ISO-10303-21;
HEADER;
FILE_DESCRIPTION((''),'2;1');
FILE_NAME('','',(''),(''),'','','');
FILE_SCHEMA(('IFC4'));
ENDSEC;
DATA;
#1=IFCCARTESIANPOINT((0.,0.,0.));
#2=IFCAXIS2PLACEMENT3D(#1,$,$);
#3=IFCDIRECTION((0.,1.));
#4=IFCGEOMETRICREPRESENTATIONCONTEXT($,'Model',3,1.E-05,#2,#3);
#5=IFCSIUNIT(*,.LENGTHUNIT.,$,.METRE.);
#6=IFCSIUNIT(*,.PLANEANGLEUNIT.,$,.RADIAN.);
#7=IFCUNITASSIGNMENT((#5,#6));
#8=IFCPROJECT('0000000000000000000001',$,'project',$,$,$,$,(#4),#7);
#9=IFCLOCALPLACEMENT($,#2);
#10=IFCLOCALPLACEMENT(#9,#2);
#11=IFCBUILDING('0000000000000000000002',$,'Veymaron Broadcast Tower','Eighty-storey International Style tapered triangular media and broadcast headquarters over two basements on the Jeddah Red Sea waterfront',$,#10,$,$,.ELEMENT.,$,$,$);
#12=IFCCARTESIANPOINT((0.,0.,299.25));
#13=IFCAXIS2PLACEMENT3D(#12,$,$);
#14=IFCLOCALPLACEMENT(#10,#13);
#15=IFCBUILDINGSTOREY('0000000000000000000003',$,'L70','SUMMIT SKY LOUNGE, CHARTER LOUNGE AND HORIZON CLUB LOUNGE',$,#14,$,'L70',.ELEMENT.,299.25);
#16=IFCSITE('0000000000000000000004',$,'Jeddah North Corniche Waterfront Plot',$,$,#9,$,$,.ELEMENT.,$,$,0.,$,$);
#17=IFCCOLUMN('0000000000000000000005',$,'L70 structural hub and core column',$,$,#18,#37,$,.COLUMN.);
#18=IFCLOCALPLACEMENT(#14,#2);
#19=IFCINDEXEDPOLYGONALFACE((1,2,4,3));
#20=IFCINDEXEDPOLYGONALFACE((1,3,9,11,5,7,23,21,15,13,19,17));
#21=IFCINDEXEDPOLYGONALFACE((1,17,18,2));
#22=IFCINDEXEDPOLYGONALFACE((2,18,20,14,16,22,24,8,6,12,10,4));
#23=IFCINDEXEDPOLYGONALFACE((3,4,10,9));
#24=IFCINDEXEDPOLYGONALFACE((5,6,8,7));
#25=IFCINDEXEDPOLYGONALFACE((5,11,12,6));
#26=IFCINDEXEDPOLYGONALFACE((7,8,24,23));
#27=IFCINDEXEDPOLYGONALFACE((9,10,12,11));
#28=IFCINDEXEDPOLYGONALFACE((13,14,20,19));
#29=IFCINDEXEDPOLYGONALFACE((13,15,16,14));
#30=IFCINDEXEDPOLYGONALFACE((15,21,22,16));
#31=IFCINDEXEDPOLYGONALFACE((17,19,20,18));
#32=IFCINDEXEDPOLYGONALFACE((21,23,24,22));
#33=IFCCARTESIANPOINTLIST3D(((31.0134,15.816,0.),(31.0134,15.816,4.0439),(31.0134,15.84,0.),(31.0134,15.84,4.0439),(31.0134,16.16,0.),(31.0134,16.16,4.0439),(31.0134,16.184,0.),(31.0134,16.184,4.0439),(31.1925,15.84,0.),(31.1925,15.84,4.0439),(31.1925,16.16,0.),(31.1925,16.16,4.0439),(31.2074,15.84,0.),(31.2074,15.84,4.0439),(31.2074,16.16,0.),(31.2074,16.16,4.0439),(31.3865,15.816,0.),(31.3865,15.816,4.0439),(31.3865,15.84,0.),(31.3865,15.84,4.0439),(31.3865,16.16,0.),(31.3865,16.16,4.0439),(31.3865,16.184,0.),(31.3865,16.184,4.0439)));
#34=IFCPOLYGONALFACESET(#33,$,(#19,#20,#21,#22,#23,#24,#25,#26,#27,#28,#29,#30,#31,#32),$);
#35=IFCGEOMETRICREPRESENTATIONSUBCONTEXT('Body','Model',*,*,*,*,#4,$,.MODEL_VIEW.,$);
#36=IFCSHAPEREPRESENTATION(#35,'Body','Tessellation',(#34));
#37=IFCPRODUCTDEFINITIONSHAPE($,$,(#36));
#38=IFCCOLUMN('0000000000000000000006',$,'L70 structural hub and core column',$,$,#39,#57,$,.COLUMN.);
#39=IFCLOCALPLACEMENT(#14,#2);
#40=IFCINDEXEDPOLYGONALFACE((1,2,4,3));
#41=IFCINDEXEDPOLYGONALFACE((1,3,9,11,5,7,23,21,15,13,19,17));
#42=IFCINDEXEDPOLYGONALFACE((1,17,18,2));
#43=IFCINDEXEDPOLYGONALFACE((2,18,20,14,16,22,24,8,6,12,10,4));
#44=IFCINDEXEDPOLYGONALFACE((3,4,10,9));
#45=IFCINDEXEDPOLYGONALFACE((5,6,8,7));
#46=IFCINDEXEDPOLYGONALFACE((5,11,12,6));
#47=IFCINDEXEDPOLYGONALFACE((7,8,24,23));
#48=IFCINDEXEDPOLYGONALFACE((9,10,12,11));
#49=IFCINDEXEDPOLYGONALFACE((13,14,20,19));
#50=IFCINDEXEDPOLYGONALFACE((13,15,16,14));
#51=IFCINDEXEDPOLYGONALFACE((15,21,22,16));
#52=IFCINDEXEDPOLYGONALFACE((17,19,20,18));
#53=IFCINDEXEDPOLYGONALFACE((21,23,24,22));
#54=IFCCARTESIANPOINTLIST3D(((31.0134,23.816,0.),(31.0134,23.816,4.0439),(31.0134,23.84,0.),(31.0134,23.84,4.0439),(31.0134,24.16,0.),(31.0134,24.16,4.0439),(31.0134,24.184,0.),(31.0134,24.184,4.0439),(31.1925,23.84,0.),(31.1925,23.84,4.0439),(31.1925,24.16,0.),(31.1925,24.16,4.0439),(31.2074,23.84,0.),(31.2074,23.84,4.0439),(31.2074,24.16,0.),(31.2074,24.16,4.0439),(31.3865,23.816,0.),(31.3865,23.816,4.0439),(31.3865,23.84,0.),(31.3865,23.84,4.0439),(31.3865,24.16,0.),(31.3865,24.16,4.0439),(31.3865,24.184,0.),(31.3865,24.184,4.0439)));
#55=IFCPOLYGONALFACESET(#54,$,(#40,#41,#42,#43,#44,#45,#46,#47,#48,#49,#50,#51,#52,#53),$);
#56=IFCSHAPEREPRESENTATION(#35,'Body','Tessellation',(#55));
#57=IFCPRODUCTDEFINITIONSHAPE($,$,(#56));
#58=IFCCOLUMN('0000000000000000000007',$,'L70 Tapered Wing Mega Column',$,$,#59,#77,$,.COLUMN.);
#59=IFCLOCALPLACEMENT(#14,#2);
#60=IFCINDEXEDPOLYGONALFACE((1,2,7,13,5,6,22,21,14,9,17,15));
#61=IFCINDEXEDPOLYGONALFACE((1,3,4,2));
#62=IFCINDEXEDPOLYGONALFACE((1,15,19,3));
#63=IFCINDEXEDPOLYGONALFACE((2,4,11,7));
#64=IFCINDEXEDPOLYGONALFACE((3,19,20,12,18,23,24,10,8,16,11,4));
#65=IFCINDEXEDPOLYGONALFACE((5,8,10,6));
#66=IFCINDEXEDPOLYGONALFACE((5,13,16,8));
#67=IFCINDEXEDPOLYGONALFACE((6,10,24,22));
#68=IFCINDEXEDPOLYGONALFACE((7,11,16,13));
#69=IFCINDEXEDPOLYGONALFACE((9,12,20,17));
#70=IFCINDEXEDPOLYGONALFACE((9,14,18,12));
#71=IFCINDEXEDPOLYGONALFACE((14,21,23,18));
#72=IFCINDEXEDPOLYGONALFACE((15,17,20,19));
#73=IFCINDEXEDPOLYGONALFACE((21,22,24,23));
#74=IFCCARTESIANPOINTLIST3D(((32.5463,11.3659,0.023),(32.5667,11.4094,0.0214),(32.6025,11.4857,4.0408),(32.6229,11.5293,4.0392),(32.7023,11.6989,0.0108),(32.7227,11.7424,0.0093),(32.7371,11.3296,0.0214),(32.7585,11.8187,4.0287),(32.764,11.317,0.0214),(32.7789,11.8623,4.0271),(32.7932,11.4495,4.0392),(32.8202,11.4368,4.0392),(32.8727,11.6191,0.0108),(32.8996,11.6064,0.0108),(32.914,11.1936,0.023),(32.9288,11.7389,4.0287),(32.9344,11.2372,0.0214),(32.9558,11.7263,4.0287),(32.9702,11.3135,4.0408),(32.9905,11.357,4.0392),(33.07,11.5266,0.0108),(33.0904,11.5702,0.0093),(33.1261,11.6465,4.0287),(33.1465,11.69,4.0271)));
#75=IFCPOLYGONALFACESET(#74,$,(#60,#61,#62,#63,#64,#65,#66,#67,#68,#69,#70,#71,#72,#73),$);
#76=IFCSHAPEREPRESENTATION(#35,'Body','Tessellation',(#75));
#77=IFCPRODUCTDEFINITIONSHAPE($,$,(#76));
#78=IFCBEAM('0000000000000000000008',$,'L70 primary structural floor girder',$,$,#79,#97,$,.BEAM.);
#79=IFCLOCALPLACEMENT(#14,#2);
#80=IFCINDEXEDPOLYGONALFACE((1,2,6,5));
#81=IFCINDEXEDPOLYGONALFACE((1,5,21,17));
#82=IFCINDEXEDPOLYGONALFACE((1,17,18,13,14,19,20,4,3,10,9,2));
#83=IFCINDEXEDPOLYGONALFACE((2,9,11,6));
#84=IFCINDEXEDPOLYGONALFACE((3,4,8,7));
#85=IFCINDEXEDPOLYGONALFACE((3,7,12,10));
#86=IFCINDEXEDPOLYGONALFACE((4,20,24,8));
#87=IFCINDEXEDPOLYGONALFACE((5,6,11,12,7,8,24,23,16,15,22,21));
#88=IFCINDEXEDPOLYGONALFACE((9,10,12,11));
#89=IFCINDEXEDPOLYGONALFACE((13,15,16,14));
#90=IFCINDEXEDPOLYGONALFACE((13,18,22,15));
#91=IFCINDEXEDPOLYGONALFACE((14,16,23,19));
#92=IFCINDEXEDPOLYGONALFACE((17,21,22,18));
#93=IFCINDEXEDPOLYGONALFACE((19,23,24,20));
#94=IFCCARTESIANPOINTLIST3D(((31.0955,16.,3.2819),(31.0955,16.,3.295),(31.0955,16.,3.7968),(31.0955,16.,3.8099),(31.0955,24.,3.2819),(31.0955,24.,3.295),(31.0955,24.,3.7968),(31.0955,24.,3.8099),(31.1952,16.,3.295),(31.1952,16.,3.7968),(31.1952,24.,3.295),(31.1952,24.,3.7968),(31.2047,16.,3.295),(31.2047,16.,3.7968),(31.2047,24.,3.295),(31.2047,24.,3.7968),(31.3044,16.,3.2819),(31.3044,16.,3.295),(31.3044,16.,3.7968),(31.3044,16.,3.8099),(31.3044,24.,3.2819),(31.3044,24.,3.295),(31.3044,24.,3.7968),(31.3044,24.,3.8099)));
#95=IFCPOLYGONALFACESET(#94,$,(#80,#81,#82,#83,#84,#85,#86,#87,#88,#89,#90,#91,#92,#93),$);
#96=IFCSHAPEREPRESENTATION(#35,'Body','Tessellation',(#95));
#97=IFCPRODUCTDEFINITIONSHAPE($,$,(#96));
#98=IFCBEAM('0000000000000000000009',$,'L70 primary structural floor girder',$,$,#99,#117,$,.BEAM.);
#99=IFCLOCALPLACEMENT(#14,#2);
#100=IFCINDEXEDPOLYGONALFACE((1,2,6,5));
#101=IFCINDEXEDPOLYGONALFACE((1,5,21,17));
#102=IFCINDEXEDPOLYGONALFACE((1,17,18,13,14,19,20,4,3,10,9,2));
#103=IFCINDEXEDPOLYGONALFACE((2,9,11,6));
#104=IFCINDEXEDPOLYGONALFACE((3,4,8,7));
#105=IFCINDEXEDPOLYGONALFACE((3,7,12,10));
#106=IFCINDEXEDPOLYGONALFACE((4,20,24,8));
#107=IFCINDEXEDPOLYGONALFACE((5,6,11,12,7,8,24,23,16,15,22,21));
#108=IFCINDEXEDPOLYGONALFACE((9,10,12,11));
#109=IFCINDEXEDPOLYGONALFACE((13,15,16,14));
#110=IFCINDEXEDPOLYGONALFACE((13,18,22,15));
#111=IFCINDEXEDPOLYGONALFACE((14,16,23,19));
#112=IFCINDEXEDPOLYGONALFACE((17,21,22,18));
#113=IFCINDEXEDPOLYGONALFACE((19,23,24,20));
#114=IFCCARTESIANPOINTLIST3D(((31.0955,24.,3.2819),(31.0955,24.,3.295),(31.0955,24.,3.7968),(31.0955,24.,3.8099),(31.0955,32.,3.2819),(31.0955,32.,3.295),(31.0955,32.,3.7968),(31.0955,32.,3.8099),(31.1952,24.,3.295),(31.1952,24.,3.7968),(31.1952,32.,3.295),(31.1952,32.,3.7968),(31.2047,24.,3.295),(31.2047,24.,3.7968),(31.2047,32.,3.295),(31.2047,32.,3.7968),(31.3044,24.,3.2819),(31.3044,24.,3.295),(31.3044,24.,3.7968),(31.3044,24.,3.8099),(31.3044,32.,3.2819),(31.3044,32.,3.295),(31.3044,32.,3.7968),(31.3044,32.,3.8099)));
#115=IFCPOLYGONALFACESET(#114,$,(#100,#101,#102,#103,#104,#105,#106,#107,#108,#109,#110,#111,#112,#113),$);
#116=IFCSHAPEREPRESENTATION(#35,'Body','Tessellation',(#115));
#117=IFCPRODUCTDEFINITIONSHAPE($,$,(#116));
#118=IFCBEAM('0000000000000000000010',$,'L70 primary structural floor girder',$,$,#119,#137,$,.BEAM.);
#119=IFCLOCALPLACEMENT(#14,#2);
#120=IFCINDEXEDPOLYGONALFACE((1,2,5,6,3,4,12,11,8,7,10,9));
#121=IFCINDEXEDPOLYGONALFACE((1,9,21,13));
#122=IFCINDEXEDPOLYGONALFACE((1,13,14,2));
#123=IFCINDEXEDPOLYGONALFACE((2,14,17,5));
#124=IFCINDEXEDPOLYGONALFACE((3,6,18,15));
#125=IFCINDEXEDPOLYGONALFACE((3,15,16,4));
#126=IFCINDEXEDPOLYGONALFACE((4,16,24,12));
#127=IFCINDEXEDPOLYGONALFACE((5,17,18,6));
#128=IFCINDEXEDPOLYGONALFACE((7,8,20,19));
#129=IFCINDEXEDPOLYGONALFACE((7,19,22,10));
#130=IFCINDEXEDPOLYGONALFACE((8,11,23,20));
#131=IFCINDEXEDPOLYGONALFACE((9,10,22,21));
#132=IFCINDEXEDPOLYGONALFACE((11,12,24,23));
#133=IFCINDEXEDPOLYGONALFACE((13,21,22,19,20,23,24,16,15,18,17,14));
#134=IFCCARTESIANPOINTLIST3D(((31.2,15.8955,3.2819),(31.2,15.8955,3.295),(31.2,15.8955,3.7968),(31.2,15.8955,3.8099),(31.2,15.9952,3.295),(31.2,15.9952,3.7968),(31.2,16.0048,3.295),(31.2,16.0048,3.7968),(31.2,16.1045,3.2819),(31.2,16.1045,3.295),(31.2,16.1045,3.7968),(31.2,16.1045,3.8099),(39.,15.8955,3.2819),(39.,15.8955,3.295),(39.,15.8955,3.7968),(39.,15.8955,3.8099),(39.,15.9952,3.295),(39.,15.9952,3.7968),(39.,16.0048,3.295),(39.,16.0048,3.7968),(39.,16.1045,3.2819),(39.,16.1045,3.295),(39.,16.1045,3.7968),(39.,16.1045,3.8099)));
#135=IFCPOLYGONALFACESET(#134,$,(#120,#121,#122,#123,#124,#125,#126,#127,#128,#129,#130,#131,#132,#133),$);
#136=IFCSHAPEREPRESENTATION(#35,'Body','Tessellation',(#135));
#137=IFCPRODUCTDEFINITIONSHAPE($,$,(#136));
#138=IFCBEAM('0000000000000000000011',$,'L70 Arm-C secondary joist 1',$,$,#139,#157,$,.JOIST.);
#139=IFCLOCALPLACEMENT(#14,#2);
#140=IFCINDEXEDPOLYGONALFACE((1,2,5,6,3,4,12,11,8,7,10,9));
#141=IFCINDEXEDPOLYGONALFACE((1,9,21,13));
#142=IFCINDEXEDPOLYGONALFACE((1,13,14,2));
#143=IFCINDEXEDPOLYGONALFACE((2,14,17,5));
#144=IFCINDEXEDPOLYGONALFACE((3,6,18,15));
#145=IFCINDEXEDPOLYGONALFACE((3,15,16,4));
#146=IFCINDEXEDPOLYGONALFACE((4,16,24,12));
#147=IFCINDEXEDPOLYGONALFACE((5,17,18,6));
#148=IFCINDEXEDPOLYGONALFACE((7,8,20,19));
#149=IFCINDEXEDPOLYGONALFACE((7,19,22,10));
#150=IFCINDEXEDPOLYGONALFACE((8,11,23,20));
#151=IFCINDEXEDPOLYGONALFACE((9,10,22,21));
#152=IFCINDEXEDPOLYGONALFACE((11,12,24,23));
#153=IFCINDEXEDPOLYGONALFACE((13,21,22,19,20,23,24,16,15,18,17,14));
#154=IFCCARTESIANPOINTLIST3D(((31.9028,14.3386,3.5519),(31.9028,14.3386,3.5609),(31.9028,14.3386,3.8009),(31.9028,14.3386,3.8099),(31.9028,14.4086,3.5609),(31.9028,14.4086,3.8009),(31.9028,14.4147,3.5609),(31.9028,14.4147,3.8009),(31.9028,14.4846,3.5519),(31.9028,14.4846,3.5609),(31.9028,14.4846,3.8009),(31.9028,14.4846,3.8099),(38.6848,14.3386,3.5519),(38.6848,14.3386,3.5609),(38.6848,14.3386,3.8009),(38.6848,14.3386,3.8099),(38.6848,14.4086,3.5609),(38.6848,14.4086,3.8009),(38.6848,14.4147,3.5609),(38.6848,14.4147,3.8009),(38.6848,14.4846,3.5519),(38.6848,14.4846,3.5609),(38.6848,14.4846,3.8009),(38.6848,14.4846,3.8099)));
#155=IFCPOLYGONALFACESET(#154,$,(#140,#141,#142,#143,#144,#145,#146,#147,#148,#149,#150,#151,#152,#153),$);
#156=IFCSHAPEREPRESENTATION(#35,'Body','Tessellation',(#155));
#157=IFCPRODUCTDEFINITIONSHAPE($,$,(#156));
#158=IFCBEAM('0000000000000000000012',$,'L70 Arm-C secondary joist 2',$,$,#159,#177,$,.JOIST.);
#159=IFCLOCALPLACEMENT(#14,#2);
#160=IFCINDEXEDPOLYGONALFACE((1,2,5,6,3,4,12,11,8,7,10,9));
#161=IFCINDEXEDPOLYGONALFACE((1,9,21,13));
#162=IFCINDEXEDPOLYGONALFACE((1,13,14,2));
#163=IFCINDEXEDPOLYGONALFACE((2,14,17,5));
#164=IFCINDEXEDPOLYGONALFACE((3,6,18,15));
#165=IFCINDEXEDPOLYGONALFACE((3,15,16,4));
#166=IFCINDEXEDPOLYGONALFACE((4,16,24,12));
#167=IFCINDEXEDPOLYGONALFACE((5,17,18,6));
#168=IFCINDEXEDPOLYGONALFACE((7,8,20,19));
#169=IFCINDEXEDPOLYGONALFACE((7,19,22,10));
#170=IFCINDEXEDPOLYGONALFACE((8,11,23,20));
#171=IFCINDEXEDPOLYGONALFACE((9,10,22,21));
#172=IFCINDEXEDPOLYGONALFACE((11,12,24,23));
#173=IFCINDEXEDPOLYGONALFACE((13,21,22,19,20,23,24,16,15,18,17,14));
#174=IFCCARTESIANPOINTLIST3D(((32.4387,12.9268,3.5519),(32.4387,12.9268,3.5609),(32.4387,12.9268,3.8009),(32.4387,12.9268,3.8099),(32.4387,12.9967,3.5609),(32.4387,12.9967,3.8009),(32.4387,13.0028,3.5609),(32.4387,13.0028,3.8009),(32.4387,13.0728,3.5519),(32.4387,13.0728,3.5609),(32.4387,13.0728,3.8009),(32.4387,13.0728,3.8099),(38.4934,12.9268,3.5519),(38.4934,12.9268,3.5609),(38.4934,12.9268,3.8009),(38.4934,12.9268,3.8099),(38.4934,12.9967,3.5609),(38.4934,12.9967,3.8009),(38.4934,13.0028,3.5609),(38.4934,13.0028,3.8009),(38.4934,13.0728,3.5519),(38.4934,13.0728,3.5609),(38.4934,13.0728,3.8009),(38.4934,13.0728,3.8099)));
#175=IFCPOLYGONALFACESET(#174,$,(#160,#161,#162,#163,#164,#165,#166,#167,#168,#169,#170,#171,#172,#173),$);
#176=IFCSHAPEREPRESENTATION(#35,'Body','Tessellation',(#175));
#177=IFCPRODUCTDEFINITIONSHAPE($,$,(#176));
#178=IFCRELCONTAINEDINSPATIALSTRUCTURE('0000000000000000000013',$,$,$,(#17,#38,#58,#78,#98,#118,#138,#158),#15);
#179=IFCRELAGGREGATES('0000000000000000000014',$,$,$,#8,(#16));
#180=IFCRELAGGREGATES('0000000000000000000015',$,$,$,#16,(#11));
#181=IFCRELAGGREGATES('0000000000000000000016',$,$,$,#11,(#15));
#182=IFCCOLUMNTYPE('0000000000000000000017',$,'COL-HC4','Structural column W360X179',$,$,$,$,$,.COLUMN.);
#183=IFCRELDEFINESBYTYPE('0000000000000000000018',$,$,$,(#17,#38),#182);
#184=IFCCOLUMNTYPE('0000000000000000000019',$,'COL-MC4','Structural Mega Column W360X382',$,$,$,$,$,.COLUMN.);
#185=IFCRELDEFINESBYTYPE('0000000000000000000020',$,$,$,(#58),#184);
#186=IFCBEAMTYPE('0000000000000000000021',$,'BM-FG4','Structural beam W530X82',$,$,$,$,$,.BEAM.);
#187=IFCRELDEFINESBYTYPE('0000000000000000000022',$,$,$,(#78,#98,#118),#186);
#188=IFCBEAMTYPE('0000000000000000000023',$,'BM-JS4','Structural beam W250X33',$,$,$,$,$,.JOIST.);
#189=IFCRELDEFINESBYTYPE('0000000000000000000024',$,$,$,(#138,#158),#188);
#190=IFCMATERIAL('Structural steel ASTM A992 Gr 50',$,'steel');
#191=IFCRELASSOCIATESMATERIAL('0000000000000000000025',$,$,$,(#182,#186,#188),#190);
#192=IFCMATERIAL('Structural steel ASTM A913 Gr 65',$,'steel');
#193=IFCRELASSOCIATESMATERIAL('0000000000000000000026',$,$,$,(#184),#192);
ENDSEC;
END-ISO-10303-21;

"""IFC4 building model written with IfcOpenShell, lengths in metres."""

from ifc_helpers import new_model, si_unit, direction, frame, origin, origin_2d, place, context, subcontext, project, spatial, i_section, extrude, material, material_profile, profile_set, type_object, element, save


model = new_model("IFC4")

# Units and contexts
model_context = context("Model", 3, precision=1e-05, world=origin(), true_north=direction((0.0, 1.0)))
body_context = subcontext(model_context, "Body", "Model", "MODEL_VIEW")
ifc_project = project(units=[si_unit("LENGTHUNIT", "METRE"), si_unit("PLANEANGLEUNIT", "RADIAN")], contexts=[model_context])

# Site, building, storey
site_placement = place(None, origin())
site = spatial("IfcSite", under=ifc_project, at=site_placement, Name="Jeddah North Corniche Waterfront Plot", CompositionType="ELEMENT", RefElevation=0.0)
building_placement = place(site_placement, origin())
building = spatial("IfcBuilding", under=site, at=building_placement, Name="Veymaron Broadcast Tower", Description="Eighty-storey International Style tapered triangular media and broadcast headquarters over two basements on the Jeddah Red Sea waterfront", CompositionType="ELEMENT")
storey_placement = place(building_placement, frame((0.0, 0.0, 299.25)))
storey = spatial("IfcBuildingStorey", under=building, at=storey_placement, Name="L70", Description="SUMMIT SKY LOUNGE, CHARTER LOUNGE AND HORIZON CLUB LOUNGE", LongName="L70", CompositionType="ELEMENT", Elevation=299.25)

# Columns
ifc_material_1 = material(Name="Structural steel ASTM A992 Gr 50", Category="steel")
ifc_material_profile_1 = material_profile(ifc_material_1, i_section(OverallWidth=0.373, OverallDepth=0.3679, WebThickness=0.0149, FlangeThickness=0.0239, at=origin_2d()), Name="W360X179")
ifc_profile_set_1 = profile_set([ifc_material_profile_1], Name="Structural steel ASTM A992 Gr 50")
column_type_1 = type_object("IfcColumnType", Name="COL-HC4", Description="Structural column W360X179", PredefinedType="COLUMN", material=ifc_profile_set_1)
for number, where, z_axis, x_axis, name in (
    (1, (31.2, 16.0, 0.0), (0.0, 0.0, 1.0), (1.0, 0.0, 0.0), "L70 structural hub and core column"),
    (2, (31.2, 24.0, 0.0), (0.0, 0.0, 1.0), (1.0, 0.0, 0.0), "L70 structural hub and core column"),
):
    element("IfcColumn", number, at=place(storey_placement, frame(where, z_axis=z_axis, x_axis=x_axis)), inside=storey, type_object=column_type_1, Name=name, PredefinedType="COLUMN", context=body_context, shape_type="SweptSolid", body=[
        extrude(i_section(OverallWidth=0.373, OverallDepth=0.3679, WebThickness=0.0149, FlangeThickness=0.0239, at=origin_2d()), origin(), (0.0, 0.0, 1.0), 4.0439),
    ])
ifc_material_2 = material(Name="Structural steel ASTM A913 Gr 65", Category="steel")
ifc_material_profile_2 = material_profile(ifc_material_2, i_section(OverallWidth=0.406, OverallDepth=0.416, WebThickness=0.0298, FlangeThickness=0.0481, at=origin_2d()), Name="W360X382")
ifc_profile_set_2 = profile_set([ifc_material_profile_2], Name="Structural steel ASTM A913 Gr 65")
column_type_2 = type_object("IfcColumnType", Name="COL-MC4", Description="Structural Mega Column W360X382", PredefinedType="COLUMN", material=ifc_profile_set_2)
column_placement = place(storey_placement, frame((32.8184, 11.468, 0.0161), z_axis=(0.013968, 0.029819, 0.999458), x_axis=(-0.90557, 0.424198, 0.0)))
element("IfcColumn", 3, at=column_placement, inside=storey, type_object=column_type_2, Name="L70 Tapered Wing Mega Column", PredefinedType="COLUMN", context=body_context, shape_type="SweptSolid", body=[
    extrude(i_section(OverallWidth=0.406, OverallDepth=0.416, WebThickness=0.0298, FlangeThickness=0.0481, at=origin_2d()), origin(), (0.0, 0.0, 1.0), 4.02),
])

# Beams
ifc_material_profile_3 = material_profile(ifc_material_1, i_section(OverallWidth=0.209, OverallDepth=0.5281, WebThickness=0.0095, FlangeThickness=0.0132, at=origin_2d()), Name="W530X82")
ifc_profile_set_3 = profile_set([ifc_material_profile_3], Name="Structural steel ASTM A992 Gr 50")
beam_type_1 = type_object("IfcBeamType", Name="BM-FG4", Description="Structural beam W530X82", PredefinedType="BEAM", material=ifc_profile_set_3)
for number, where, z_axis, x_axis, name in (
    (4, (31.2, 16.0, 3.5459), (0.0, 1.0, 0.0), (-1.0, 0.0, 0.0), "L70 primary structural floor girder"),
    (5, (31.2, 24.0, 3.5459), (0.0, 1.0, 0.0), (-1.0, 0.0, 0.0), "L70 primary structural floor girder"),
):
    element("IfcBeam", number, at=place(storey_placement, frame(where, z_axis=z_axis, x_axis=x_axis)), inside=storey, type_object=beam_type_1, Name=name, PredefinedType="BEAM", context=body_context, shape_type="SweptSolid", body=[
        extrude(i_section(OverallWidth=0.209, OverallDepth=0.5281, WebThickness=0.0095, FlangeThickness=0.0132, at=origin_2d()), origin(), (0.0, 0.0, 1.0), 8.0),
    ])
beam_1_placement = place(storey_placement, frame((31.2, 16.0, 3.5459), z_axis=(1.0, 0.0, 0.0), x_axis=(0.0, 1.0, 0.0)))
element("IfcBeam", 6, at=beam_1_placement, inside=storey, type_object=beam_type_1, Name="L70 primary structural floor girder", PredefinedType="BEAM", context=body_context, shape_type="SweptSolid", body=[
    extrude(i_section(OverallWidth=0.209, OverallDepth=0.5281, WebThickness=0.0095, FlangeThickness=0.0132, at=origin_2d()), origin(), (0.0, 0.0, 1.0), 7.8),
])
ifc_material_profile_4 = material_profile(ifc_material_1, i_section(OverallWidth=0.146, OverallDepth=0.2581, WebThickness=0.0061, FlangeThickness=0.009, at=origin_2d()), Name="W250X33")
ifc_profile_set_4 = profile_set([ifc_material_profile_4], Name="Structural steel ASTM A992 Gr 50")
beam_type_2 = type_object("IfcBeamType", Name="BM-JS4", Description="Structural beam W250X33", PredefinedType="JOIST", material=ifc_profile_set_4)
beam_2_placement = place(storey_placement, frame((31.9028, 14.4116, 3.6809), z_axis=(1.0, 0.0, 0.0), x_axis=(0.0, 1.0, 0.0)))
element("IfcBeam", 7, at=beam_2_placement, inside=storey, type_object=beam_type_2, Name="L70 Arm-C secondary joist 1", PredefinedType="JOIST", context=body_context, shape_type="SweptSolid", body=[
    extrude(i_section(OverallWidth=0.146, OverallDepth=0.2581, WebThickness=0.0061, FlangeThickness=0.009, at=origin_2d()), origin(), (0.0, 0.0, 1.0), 6.782),
])
beam_3_placement = place(storey_placement, frame((32.4387, 12.9998, 3.6809), z_axis=(1.0, 0.0, 0.0), x_axis=(0.0, 1.0, 0.0)))
element("IfcBeam", 8, at=beam_3_placement, inside=storey, type_object=beam_type_2, Name="L70 Arm-C secondary joist 2", PredefinedType="JOIST", context=body_context, shape_type="SweptSolid", body=[
    extrude(i_section(OverallWidth=0.146, OverallDepth=0.2581, WebThickness=0.0061, FlangeThickness=0.009, at=origin_2d()), origin(), (0.0, 0.0, 1.0), 6.0547),
])

save(model, "model.ifc")
